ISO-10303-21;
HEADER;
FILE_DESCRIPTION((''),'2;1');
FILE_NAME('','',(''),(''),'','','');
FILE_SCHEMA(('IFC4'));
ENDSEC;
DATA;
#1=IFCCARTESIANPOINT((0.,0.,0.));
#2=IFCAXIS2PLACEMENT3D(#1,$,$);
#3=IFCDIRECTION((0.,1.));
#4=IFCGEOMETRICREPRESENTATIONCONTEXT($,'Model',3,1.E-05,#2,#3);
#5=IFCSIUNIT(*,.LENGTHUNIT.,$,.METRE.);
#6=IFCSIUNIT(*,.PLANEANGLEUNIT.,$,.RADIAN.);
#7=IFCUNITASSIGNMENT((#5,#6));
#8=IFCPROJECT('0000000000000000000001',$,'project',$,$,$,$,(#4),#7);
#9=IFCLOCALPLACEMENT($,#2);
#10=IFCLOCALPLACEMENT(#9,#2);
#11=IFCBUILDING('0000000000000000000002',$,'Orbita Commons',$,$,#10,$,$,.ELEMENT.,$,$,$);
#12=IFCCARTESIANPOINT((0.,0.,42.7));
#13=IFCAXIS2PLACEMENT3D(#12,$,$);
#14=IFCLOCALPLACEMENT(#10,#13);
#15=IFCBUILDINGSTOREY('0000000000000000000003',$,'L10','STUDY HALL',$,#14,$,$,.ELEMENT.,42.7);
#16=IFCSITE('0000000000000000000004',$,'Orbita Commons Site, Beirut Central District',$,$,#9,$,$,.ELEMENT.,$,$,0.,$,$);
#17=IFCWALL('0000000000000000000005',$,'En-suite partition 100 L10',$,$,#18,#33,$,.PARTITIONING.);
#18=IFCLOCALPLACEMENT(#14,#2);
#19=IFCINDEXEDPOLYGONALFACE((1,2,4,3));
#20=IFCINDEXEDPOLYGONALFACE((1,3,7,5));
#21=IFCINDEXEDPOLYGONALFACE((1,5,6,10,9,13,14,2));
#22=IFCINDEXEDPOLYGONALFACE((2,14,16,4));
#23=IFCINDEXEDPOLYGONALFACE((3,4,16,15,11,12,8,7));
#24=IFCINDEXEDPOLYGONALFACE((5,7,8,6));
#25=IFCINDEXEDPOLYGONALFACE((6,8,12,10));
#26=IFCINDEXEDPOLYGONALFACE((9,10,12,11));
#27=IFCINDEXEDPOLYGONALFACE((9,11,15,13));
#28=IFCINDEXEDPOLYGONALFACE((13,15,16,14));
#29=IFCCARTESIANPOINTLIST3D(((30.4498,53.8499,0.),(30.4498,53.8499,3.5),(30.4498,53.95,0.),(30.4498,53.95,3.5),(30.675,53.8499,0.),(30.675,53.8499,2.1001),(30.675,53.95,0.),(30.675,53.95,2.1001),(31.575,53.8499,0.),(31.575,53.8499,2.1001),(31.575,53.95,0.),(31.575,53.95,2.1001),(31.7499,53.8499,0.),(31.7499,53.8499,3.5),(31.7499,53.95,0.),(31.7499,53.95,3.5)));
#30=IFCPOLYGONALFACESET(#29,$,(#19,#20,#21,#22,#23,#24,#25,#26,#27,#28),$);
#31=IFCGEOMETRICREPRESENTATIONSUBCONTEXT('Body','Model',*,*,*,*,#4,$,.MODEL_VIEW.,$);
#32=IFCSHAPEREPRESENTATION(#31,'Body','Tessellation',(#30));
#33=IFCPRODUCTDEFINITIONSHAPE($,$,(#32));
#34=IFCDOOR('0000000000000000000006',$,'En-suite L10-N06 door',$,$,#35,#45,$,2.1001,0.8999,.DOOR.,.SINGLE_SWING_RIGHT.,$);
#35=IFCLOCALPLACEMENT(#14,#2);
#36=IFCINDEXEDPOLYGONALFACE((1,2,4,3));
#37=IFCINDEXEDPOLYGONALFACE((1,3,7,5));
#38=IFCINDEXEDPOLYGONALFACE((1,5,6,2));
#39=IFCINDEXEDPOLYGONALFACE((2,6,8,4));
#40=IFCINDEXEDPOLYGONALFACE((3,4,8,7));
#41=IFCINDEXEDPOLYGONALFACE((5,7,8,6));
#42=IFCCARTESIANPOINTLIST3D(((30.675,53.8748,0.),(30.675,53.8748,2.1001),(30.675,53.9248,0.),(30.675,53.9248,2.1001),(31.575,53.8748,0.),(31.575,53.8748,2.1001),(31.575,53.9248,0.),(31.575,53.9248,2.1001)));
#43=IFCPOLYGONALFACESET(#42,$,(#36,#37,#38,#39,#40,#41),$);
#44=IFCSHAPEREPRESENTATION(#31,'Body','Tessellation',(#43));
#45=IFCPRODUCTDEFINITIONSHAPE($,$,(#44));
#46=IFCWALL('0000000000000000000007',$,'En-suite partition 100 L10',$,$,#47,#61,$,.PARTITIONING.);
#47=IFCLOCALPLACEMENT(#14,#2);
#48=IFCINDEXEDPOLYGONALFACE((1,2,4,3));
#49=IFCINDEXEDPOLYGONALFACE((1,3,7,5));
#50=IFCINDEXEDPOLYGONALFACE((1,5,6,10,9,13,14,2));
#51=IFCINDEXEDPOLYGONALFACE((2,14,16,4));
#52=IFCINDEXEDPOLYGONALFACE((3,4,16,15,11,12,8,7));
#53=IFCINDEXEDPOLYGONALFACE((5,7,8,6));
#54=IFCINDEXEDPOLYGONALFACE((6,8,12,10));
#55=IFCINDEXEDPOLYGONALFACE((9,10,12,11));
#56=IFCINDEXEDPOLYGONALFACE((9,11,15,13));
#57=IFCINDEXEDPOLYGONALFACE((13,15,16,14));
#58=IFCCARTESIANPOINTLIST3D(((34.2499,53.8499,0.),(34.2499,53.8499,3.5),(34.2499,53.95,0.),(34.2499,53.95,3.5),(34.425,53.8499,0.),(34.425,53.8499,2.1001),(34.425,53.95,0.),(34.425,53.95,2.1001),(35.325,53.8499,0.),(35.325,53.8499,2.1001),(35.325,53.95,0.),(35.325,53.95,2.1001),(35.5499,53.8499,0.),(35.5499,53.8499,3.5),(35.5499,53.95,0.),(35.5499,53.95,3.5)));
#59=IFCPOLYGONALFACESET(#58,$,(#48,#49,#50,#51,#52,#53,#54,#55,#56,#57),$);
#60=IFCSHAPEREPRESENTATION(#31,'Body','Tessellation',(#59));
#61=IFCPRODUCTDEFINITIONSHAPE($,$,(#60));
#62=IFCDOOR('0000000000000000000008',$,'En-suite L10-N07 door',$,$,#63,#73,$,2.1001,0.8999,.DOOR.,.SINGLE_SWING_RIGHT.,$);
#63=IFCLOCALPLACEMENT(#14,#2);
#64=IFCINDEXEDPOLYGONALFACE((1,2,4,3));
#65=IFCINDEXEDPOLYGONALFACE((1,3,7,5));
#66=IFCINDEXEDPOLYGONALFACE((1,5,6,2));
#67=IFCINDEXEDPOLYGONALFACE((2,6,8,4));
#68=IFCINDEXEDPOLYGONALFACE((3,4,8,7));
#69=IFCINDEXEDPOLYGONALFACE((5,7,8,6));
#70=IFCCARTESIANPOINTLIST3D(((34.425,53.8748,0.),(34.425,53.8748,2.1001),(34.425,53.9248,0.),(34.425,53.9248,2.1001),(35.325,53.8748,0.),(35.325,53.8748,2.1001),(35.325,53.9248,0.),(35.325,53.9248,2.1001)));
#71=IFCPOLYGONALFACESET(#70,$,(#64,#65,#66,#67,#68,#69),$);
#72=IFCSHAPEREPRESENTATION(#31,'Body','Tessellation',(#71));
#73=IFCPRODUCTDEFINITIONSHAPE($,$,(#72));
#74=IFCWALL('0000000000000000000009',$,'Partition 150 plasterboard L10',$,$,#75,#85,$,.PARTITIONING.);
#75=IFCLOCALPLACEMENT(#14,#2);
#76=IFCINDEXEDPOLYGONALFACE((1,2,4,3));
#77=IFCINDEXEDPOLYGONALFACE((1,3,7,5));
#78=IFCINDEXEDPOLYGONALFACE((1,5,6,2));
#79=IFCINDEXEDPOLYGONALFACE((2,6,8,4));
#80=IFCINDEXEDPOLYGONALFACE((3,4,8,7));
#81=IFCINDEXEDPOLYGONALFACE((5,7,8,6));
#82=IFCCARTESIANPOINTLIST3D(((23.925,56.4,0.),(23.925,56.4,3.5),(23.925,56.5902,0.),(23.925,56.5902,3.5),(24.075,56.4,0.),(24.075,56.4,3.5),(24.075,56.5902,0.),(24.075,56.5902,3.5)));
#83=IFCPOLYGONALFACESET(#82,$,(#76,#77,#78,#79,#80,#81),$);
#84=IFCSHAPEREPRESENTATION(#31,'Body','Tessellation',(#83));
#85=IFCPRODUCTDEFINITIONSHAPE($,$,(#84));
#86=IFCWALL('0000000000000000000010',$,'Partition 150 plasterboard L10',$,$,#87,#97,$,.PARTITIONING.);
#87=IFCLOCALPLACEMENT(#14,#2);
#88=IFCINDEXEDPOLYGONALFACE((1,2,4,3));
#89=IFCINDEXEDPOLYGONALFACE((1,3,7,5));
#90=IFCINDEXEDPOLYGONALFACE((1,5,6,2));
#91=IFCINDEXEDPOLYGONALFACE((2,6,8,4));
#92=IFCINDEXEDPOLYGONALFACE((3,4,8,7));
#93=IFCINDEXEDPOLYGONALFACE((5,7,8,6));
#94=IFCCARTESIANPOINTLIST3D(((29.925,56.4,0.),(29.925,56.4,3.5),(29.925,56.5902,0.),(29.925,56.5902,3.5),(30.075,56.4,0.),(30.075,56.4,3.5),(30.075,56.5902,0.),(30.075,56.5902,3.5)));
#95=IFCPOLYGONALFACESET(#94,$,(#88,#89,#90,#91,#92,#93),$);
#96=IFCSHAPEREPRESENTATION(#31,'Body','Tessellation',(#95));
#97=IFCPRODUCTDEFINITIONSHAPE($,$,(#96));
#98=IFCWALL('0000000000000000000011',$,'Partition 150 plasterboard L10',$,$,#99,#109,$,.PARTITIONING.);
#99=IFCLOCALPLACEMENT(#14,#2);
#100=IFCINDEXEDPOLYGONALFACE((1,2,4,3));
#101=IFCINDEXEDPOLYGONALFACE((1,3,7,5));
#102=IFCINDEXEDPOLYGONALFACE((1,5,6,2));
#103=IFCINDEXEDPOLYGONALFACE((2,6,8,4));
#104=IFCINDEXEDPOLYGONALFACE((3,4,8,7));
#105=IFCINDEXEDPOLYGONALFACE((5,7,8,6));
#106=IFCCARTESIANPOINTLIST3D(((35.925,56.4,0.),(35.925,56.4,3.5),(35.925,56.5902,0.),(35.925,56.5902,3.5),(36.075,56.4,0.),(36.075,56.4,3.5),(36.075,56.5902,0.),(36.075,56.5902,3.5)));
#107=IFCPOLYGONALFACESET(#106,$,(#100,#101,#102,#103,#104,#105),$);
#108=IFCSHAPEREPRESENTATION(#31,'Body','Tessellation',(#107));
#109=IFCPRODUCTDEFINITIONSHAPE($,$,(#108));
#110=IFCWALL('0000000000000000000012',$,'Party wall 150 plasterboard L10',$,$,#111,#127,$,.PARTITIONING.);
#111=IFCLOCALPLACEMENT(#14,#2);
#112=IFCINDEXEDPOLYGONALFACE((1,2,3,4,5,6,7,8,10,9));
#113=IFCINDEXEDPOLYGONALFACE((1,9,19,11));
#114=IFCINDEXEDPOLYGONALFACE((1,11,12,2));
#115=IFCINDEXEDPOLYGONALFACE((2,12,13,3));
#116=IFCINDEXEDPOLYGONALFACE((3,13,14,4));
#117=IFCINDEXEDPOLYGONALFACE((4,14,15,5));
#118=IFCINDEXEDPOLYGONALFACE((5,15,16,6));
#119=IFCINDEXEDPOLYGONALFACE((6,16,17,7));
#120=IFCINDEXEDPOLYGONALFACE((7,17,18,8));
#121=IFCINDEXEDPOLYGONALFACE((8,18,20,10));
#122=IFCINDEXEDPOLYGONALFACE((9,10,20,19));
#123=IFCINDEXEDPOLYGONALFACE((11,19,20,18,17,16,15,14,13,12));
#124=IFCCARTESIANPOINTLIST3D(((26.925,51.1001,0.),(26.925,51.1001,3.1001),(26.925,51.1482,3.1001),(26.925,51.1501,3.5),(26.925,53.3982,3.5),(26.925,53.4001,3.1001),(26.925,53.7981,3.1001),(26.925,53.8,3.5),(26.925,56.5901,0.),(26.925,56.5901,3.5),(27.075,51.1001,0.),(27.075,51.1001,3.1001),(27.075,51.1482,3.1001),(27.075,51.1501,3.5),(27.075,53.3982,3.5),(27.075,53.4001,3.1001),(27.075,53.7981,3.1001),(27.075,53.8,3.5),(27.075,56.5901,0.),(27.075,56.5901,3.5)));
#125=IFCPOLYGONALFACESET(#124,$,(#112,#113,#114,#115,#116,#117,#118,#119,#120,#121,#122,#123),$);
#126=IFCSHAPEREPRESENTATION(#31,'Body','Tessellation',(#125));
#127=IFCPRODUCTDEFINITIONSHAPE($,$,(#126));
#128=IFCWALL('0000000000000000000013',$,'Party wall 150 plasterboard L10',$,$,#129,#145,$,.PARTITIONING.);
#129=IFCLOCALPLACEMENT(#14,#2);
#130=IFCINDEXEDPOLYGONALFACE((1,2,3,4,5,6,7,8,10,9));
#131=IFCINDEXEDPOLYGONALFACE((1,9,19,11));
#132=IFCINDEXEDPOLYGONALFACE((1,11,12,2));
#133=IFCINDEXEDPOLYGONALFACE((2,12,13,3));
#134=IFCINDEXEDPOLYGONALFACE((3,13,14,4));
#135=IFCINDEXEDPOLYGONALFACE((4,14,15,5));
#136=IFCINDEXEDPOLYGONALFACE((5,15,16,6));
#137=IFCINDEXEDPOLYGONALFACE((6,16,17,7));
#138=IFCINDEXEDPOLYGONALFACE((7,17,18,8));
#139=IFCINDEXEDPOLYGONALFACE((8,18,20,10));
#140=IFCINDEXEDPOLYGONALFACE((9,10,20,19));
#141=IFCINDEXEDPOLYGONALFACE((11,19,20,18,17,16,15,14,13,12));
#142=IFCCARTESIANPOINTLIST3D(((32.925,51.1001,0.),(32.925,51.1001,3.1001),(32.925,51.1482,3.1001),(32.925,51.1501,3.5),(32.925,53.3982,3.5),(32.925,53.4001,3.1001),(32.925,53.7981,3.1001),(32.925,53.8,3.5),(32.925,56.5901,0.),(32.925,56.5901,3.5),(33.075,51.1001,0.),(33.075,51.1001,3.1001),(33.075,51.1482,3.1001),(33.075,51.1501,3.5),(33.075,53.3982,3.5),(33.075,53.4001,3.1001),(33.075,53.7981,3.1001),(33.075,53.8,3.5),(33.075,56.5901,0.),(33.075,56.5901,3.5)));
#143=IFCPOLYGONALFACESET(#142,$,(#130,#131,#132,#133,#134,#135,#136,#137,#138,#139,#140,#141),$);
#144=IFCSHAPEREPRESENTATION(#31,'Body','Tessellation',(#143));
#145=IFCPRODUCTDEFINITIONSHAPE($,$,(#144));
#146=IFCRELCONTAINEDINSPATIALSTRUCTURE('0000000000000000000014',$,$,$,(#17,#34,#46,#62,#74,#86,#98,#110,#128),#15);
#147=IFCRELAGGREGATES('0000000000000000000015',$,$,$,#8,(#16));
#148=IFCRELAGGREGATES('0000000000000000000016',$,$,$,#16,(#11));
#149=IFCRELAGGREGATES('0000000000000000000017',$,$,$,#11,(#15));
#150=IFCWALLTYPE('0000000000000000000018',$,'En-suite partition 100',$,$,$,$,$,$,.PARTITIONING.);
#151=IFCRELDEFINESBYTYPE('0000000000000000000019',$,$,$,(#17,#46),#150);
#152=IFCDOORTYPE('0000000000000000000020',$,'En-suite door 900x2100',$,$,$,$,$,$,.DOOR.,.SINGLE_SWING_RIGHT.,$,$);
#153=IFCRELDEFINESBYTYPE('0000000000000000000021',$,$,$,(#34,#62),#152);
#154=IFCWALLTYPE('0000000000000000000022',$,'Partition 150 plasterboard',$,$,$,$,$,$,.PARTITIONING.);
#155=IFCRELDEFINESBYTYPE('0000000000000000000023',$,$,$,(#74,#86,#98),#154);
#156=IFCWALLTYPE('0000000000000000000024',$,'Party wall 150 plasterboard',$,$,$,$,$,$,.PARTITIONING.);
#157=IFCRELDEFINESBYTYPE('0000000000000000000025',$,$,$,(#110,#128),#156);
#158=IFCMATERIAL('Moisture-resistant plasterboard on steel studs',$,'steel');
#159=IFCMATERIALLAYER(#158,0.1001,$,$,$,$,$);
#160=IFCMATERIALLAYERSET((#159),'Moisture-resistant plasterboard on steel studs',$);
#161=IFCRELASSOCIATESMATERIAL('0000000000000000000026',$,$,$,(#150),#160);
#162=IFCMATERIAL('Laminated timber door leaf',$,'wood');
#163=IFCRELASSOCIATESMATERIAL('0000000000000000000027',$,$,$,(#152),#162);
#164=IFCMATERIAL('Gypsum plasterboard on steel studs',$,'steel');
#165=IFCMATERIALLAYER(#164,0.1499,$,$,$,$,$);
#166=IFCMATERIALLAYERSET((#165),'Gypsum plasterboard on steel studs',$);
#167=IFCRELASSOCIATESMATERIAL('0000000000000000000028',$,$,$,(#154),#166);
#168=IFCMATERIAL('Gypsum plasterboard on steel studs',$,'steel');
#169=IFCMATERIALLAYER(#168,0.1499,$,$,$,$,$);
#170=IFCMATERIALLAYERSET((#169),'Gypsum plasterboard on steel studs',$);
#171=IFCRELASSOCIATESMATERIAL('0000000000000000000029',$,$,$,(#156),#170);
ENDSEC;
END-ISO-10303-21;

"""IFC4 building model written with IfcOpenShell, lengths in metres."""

from ifc_helpers import new_model, si_unit, direction, frame, frame_2d, origin, place, context, subcontext, project, spatial, polyline, rectangle, outline, extrude, material, layer, layer_set, type_object, element, fill, save


model = new_model("IFC4")

# Units and contexts
model_context = context("Model", 3, precision=1e-05, world=origin(), true_north=direction((0.0, 1.0)))
body_context = subcontext(model_context, "Body", "Model", "MODEL_VIEW")
ifc_project = project(units=[si_unit("LENGTHUNIT", "METRE"), si_unit("PLANEANGLEUNIT", "RADIAN")], contexts=[model_context])

# Site, building, storey
site_placement = place(None, origin())
site = spatial("IfcSite", under=ifc_project, at=site_placement, Name="Orbita Commons Site, Beirut Central District", CompositionType="ELEMENT", RefElevation=0.0)
building_placement = place(site_placement, origin())
building = spatial("IfcBuilding", under=site, at=building_placement, Name="Orbita Commons", CompositionType="ELEMENT")
storey_placement = place(building_placement, frame((0.0, 0.0, 42.7)))
storey = spatial("IfcBuildingStorey", under=building, at=storey_placement, Name="L10", Description="STUDY HALL", CompositionType="ELEMENT", Elevation=42.7)

# Walls, openings, doors
ifc_material_1 = material(Name="Moisture-resistant plasterboard on steel studs", Category="steel")
ifc_layer_1 = layer(ifc_material_1, 0.1001)
ifc_layer_set_1 = layer_set([ifc_layer_1], Name="Moisture-resistant plasterboard on steel studs")
wall_type_1 = type_object("IfcWallType", Name="En-suite partition 100", PredefinedType="PARTITIONING", material=ifc_layer_set_1)
ifc_material_2 = material(Name="Laminated timber door leaf", Category="wood")
door_type = type_object("IfcDoorType", Name="En-suite door 900x2100", OperationType="SINGLE_SWING_RIGHT", PredefinedType="DOOR", material=ifc_material_2)
wall_1_placement = place(storey_placement, frame((30.45, 53.8999, 0.0), z_axis=(0.0, 0.0, 1.0), x_axis=(1.0, 0.0, 0.0)))
wall_1 = element("IfcWall", 1, at=wall_1_placement, inside=storey, type_object=wall_type_1, Name="En-suite partition 100 L10", PredefinedType="PARTITIONING", context=body_context, shape_type="SweptSolid", body=[
    extrude(rectangle(XDim=1.3, YDim=0.1001, at=frame_2d((0.6499, 0.0))), origin(), (0.0, 0.0, 1.0), 3.5),
])
opening_1_placement = place(wall_1_placement, frame((0.2251, 0.0, 0.0)))
opening_1 = element("IfcOpeningElement", 2, at=opening_1_placement, cuts=wall_1, PredefinedType="OPENING", context=body_context, shape_type="SweptSolid", body=[
    extrude(rectangle(XDim=0.8999, YDim=2.1001, at=frame_2d((0.45, 1.05))), frame((0.0, 0.0601, 0.0), z_axis=(0.0, -1.0, 0.0), x_axis=(1.0, 0.0, 0.0)), (0.0, 0.0, 1.0), 0.1201),
])
door_1_placement = place(opening_1_placement, origin())
door_1 = element("IfcDoor", 3, at=door_1_placement, inside=storey, type_object=door_type, Name="En-suite L10-N06 door", OperationType="SINGLE_SWING_RIGHT", OverallHeight=2.1001, OverallWidth=0.8999, PredefinedType="DOOR", context=body_context, shape_type="SweptSolid", body=[
    extrude(rectangle(XDim=0.8999, YDim=2.1001, at=frame_2d((0.45, 1.05))), frame((0.0, 0.0249, 0.0), z_axis=(0.0, -1.0, 0.0), x_axis=(1.0, 0.0, 0.0)), (0.0, 0.0, 1.0), 0.05),
])
fill(opening_1, door_1)
wall_2_placement = place(storey_placement, frame((34.25, 53.8999, 0.0), z_axis=(0.0, 0.0, 1.0), x_axis=(1.0, 0.0, 0.0)))
wall_2 = element("IfcWall", 4, at=wall_2_placement, inside=storey, type_object=wall_type_1, Name="En-suite partition 100 L10", PredefinedType="PARTITIONING", context=body_context, shape_type="SweptSolid", body=[
    extrude(rectangle(XDim=1.3, YDim=0.1001, at=frame_2d((0.6499, 0.0))), origin(), (0.0, 0.0, 1.0), 3.5),
])
opening_2_placement = place(wall_2_placement, frame((0.175, 0.0, 0.0)))
opening_2 = element("IfcOpeningElement", 5, at=opening_2_placement, cuts=wall_2, PredefinedType="OPENING", context=body_context, shape_type="SweptSolid", body=[
    extrude(rectangle(XDim=0.8999, YDim=2.1001, at=frame_2d((0.45, 1.05))), frame((0.0, 0.0601, 0.0), z_axis=(0.0, -1.0, 0.0), x_axis=(1.0, 0.0, 0.0)), (0.0, 0.0, 1.0), 0.1201),
])
door_2_placement = place(opening_2_placement, origin())
door_2 = element("IfcDoor", 6, at=door_2_placement, inside=storey, type_object=door_type, Name="En-suite L10-N07 door", OperationType="SINGLE_SWING_RIGHT", OverallHeight=2.1001, OverallWidth=0.8999, PredefinedType="DOOR", context=body_context, shape_type="SweptSolid", body=[
    extrude(rectangle(XDim=0.8999, YDim=2.1001, at=frame_2d((0.45, 1.05))), frame((0.0, 0.0249, 0.0), z_axis=(0.0, -1.0, 0.0), x_axis=(1.0, 0.0, 0.0)), (0.0, 0.0, 1.0), 0.05),
])
fill(opening_2, door_2)

# Walls
ifc_material_3 = material(Name="Gypsum plasterboard on steel studs", Category="steel")
ifc_layer_2 = layer(ifc_material_3, 0.1499)
ifc_layer_set_2 = layer_set([ifc_layer_2], Name="Gypsum plasterboard on steel studs")
wall_type_2 = type_object("IfcWallType", Name="Partition 150 plasterboard", PredefinedType="PARTITIONING", material=ifc_layer_set_2)
for number, where, z_axis, x_axis, name in (
    (7, (24.0, 56.3999, 0.0), (0.0, 0.0, 1.0), (0.0, 1.0, 0.0), "Partition 150 plasterboard L10"),
    (8, (30.0, 56.3999, 0.0), (0.0, 0.0, 1.0), (0.0, 1.0, 0.0), "Partition 150 plasterboard L10"),
    (9, (36.0, 56.3999, 0.0), (0.0, 0.0, 1.0), (0.0, 1.0, 0.0), "Partition 150 plasterboard L10"),
):
    element("IfcWall", number, at=place(storey_placement, frame(where, z_axis=z_axis, x_axis=x_axis)), inside=storey, type_object=wall_type_2, Name=name, PredefinedType="PARTITIONING", context=body_context, shape_type="SweptSolid", body=[
        extrude(rectangle(XDim=0.1902, YDim=0.1499, at=frame_2d((0.0952, 0.0))), origin(), (0.0, 0.0, 1.0), 3.5),
    ])
ifc_material_4 = material(Name="Gypsum plasterboard on steel studs", Category="steel")
ifc_layer_3 = layer(ifc_material_4, 0.1499)
ifc_layer_set_3 = layer_set([ifc_layer_3], Name="Gypsum plasterboard on steel studs")
wall_type_3 = type_object("IfcWallType", Name="Party wall 150 plasterboard", PredefinedType="PARTITIONING", material=ifc_layer_set_3)
for number, where, z_axis, x_axis, name in (
    (10, (27.0, 56.5901, 0.0), (0.0, 0.0, 1.0), (0.0, -1.0, 0.0), "Party wall 150 plasterboard L10"),
    (11, (33.0, 56.5901, 0.0), (0.0, 0.0, 1.0), (0.0, -1.0, 0.0), "Party wall 150 plasterboard L10"),
):
    element("IfcWall", number, at=place(storey_placement, frame(where, z_axis=z_axis, x_axis=x_axis)), inside=storey, type_object=wall_type_3, Name=name, PredefinedType="PARTITIONING", context=body_context, shape_type="SweptSolid", body=[
        extrude(outline(polyline([(0.0, 0.0), (5.49, 0.0), (5.49, 3.1001), (5.4419, 3.1001), (5.4399, 3.5), (3.1919, 3.5), (3.1899, 3.1001), (2.792, 3.1001), (2.79, 3.5), (0.0, 3.5), (0.0, 0.0)])), frame((0.0, 0.075, 0.0), z_axis=(0.0, -1.0, 0.0), x_axis=(1.0, 0.0, 0.0)), (0.0, 0.0, 1.0), 0.1499),
    ])

save(model, "model.ifc")
